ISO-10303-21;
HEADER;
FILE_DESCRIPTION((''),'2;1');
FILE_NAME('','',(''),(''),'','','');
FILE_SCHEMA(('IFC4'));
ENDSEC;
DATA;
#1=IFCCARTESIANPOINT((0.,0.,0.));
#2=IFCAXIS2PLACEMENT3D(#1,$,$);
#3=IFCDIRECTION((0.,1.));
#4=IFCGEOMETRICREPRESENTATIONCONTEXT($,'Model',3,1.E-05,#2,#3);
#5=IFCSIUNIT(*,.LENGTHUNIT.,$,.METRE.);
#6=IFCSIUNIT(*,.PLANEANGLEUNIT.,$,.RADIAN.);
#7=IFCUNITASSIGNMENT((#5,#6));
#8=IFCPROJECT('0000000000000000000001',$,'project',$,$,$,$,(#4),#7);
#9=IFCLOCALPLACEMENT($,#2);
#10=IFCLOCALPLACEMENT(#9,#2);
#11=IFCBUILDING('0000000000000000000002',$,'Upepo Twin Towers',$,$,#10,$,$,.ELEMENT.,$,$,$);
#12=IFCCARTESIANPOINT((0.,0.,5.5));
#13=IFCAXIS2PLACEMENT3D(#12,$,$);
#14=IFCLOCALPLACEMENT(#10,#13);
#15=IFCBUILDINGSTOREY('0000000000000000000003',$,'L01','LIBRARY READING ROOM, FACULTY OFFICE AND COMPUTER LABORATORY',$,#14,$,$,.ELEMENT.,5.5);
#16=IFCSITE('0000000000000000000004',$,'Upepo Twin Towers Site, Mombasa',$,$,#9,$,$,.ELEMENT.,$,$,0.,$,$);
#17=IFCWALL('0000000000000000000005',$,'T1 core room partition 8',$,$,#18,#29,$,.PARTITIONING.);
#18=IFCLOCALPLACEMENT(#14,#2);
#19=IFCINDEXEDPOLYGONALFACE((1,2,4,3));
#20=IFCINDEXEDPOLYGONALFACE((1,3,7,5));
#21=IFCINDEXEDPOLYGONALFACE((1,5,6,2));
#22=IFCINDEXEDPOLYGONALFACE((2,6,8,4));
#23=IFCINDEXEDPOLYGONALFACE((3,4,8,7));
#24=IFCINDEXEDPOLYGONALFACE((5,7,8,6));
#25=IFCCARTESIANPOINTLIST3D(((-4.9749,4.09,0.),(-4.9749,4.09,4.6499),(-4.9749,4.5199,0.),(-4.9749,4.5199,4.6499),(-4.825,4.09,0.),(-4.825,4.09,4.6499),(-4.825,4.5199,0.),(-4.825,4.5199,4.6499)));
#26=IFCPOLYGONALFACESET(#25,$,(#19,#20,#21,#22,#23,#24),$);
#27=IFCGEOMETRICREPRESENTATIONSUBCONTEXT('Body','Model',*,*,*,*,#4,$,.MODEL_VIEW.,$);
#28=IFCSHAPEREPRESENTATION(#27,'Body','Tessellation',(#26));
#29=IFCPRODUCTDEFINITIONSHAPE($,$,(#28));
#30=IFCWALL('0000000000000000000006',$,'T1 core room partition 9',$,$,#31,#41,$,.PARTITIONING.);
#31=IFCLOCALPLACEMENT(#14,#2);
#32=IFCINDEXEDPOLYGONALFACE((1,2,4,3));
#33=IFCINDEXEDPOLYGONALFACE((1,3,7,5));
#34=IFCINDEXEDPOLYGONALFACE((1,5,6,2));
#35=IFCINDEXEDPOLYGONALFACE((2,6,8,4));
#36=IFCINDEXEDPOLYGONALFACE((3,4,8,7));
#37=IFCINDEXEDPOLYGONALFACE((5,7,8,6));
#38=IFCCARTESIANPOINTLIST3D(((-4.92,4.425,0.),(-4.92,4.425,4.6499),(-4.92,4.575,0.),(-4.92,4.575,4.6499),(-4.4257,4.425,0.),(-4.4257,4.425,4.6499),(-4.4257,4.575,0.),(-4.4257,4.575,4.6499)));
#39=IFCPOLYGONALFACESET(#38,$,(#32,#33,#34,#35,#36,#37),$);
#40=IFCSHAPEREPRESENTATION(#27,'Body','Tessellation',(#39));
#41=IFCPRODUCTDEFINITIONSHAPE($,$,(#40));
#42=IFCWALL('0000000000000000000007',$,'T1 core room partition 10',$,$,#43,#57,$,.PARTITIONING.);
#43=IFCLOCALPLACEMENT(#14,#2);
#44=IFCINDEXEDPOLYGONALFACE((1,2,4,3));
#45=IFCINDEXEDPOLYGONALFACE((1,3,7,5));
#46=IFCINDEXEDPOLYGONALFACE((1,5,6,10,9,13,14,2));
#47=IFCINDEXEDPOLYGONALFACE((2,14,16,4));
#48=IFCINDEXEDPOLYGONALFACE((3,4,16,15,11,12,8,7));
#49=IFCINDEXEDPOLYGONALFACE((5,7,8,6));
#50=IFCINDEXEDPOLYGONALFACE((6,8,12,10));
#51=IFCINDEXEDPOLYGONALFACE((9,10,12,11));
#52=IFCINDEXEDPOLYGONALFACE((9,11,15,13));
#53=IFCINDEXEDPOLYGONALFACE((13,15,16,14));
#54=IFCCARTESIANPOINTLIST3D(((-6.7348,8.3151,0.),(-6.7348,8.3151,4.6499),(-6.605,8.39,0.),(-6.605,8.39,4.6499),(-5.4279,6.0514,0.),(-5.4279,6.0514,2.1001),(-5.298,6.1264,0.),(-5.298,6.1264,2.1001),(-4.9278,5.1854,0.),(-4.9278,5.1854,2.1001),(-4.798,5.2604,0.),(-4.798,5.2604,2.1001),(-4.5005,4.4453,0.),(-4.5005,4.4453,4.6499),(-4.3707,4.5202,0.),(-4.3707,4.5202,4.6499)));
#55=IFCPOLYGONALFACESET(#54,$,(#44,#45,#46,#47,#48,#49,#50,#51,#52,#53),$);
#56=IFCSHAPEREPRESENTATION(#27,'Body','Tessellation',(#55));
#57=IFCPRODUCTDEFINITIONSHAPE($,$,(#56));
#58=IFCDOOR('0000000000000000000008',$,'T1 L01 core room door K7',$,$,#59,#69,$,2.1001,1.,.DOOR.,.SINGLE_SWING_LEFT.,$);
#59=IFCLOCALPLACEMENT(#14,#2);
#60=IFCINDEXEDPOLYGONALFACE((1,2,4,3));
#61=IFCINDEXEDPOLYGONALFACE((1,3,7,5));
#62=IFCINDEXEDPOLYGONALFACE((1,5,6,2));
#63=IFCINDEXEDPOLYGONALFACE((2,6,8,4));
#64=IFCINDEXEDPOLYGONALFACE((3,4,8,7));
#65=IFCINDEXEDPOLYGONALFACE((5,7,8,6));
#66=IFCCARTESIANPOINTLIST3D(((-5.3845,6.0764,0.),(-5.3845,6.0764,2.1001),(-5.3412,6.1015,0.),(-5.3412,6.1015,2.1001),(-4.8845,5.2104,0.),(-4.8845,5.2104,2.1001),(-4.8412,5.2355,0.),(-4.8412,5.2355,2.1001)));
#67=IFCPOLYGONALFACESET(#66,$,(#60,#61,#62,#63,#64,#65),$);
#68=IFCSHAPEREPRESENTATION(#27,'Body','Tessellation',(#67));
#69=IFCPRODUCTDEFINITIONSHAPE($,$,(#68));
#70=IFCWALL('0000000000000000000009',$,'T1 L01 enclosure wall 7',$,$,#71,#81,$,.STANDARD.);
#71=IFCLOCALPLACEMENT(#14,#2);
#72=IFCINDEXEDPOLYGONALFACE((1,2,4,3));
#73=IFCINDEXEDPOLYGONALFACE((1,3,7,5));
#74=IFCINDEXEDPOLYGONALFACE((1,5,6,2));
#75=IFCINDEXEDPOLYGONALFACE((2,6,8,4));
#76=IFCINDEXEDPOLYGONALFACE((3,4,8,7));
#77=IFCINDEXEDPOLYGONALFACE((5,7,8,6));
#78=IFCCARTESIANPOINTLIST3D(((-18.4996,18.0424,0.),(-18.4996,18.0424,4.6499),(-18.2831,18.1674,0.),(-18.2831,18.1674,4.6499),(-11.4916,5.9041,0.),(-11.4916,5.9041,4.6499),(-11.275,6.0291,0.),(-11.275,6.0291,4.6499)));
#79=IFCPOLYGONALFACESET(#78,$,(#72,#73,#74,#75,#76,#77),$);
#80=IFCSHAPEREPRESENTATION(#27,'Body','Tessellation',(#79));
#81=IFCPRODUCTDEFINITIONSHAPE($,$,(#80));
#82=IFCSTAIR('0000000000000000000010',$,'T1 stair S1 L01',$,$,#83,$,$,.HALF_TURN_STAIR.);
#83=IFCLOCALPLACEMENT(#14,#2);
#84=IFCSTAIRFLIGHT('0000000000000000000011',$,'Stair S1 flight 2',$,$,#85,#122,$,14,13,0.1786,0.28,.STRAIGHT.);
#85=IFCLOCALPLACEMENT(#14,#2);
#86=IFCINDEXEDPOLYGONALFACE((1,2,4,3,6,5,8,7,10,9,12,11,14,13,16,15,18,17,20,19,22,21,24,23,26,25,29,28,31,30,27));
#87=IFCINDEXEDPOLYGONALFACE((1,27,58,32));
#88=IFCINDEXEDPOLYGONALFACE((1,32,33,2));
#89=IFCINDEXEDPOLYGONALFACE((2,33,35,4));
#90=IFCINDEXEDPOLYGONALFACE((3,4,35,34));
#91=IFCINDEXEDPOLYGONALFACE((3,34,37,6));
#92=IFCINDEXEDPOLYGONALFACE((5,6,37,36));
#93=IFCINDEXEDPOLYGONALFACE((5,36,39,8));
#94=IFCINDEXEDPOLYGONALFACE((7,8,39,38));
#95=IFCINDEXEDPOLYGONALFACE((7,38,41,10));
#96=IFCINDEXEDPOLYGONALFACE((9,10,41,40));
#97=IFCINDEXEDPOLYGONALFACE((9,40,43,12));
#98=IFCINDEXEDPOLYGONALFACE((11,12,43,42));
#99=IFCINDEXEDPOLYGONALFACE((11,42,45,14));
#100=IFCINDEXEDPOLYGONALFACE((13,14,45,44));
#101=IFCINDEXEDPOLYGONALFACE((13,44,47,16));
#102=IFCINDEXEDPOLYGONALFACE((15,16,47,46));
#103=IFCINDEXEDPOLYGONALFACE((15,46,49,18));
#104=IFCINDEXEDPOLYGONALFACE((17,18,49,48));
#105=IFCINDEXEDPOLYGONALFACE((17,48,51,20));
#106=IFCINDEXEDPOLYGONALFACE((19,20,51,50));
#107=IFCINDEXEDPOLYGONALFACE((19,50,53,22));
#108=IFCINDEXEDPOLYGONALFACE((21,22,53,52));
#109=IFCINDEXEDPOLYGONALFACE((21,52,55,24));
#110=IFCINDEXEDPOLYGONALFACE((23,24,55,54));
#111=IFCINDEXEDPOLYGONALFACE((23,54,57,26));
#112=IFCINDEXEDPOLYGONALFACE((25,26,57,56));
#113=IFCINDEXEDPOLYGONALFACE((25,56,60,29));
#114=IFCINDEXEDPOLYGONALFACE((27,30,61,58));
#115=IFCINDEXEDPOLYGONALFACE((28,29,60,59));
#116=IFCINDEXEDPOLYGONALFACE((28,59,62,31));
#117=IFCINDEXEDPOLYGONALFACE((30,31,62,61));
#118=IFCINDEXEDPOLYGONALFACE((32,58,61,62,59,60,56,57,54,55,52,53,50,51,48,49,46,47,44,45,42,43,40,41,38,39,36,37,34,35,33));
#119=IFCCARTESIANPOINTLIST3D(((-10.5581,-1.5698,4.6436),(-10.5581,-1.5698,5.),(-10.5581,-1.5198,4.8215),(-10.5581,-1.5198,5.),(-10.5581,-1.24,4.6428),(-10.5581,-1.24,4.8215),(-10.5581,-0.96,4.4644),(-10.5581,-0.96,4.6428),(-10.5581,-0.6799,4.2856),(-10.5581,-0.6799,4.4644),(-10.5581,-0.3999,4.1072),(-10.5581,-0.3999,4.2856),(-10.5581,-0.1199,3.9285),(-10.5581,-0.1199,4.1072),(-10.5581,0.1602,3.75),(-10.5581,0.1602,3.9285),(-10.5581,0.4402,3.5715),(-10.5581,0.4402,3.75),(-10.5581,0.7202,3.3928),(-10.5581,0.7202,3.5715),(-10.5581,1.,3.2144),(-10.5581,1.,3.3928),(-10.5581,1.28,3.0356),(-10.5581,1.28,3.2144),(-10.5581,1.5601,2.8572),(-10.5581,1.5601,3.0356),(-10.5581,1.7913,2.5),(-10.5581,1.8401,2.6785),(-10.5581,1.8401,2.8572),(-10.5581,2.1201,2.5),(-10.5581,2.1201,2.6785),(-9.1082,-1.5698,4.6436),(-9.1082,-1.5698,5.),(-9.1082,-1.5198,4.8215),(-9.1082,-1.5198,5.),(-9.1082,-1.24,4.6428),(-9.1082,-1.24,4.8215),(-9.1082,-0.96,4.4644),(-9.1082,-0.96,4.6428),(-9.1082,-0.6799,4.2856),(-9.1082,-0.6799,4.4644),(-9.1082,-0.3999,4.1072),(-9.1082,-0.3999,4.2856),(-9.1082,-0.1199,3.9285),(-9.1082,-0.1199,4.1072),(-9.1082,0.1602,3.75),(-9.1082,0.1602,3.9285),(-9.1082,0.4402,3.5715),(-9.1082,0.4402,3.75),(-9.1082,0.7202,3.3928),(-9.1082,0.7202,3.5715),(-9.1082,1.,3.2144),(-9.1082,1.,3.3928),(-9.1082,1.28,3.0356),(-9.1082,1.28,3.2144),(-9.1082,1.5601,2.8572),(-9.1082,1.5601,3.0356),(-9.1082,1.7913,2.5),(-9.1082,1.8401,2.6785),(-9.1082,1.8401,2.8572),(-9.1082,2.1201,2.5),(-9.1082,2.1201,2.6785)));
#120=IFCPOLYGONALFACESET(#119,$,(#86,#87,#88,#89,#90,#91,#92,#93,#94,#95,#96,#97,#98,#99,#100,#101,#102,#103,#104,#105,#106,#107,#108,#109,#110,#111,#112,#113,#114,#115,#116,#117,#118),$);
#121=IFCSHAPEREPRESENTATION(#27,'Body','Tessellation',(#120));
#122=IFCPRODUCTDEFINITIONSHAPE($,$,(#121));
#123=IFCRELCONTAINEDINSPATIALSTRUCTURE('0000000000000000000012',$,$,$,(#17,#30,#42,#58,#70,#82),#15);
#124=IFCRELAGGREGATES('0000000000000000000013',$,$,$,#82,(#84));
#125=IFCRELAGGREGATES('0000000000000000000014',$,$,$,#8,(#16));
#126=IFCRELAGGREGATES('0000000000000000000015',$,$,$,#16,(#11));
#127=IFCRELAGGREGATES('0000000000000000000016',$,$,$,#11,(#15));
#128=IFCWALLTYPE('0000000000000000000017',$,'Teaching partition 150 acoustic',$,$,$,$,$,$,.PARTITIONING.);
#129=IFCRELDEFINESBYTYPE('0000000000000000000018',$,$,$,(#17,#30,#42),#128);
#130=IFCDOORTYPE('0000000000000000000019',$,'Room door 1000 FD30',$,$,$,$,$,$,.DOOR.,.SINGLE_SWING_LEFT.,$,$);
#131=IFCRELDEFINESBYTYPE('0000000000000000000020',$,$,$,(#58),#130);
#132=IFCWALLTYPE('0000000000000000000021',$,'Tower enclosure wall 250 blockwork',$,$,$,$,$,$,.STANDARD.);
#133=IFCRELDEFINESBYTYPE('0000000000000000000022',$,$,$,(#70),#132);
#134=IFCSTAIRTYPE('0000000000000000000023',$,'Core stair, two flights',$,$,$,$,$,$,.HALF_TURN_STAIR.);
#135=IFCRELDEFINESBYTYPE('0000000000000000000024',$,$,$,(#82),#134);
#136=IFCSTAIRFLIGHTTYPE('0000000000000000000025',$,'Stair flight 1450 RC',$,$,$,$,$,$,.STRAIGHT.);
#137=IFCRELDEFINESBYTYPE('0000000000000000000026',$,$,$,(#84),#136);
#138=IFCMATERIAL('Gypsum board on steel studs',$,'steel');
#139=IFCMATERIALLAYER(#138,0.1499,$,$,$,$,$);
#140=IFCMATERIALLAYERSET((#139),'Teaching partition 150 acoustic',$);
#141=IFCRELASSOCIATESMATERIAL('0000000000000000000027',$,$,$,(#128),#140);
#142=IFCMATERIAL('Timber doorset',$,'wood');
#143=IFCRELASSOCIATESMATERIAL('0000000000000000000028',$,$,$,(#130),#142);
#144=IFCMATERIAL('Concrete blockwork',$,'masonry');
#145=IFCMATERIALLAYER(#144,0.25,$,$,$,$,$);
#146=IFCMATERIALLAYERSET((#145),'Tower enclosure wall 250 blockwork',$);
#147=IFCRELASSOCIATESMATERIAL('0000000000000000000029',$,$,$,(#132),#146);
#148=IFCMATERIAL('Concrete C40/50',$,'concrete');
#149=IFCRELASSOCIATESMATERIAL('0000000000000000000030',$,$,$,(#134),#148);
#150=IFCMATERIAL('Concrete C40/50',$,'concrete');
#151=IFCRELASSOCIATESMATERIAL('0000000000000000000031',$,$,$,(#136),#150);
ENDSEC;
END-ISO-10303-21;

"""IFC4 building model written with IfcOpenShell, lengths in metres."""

from ifc_helpers import new_model, si_unit, direction, frame, frame_2d, origin, place, context, subcontext, project, spatial, polyline, rectangle, outline, extrude, material, layer, layer_set, type_object, element, fill, aggregate, save


model = new_model("IFC4")

# Units and contexts
model_context = context("Model", 3, precision=1e-05, world=origin(), true_north=direction((0.0, 1.0)))
body_context = subcontext(model_context, "Body", "Model", "MODEL_VIEW")
ifc_project = project(units=[si_unit("LENGTHUNIT", "METRE"), si_unit("PLANEANGLEUNIT", "RADIAN")], contexts=[model_context])

# Site, building, storey
site_placement = place(None, origin())
site = spatial("IfcSite", under=ifc_project, at=site_placement, Name="Upepo Twin Towers Site, Mombasa", CompositionType="ELEMENT", RefElevation=0.0)
building_placement = place(site_placement, origin())
building = spatial("IfcBuilding", under=site, at=building_placement, Name="Upepo Twin Towers", CompositionType="ELEMENT")
storey_placement = place(building_placement, frame((0.0, 0.0, 5.5)))
storey = spatial("IfcBuildingStorey", under=building, at=storey_placement, Name="L01", Description="LIBRARY READING ROOM, FACULTY OFFICE AND COMPUTER LABORATORY", CompositionType="ELEMENT", Elevation=5.5)

# Walls
ifc_material_1 = material(Name="Gypsum board on steel studs", Category="steel")
ifc_layer_1 = layer(ifc_material_1, 0.1499)
ifc_layer_set_1 = layer_set([ifc_layer_1], Name="Teaching partition 150 acoustic")
wall_type_1 = type_object("IfcWallType", Name="Teaching partition 150 acoustic", PredefinedType="PARTITIONING", material=ifc_layer_set_1)
wall_1_placement = place(storey_placement, frame((-4.8999, 4.0901, 0.0), z_axis=(0.0, 0.0, 1.0), x_axis=(0.0, 1.0, 0.0)))
element("IfcWall", 1, at=wall_1_placement, inside=storey, type_object=wall_type_1, Name="T1 core room partition 8", PredefinedType="PARTITIONING", context=body_context, shape_type="SweptSolid", body=[
    extrude(rectangle(XDim=0.4299, YDim=0.1499, at=frame_2d((0.2148, 0.0))), origin(), (0.0, 0.0, 1.0), 4.6499),
])
wall_2_placement = place(storey_placement, frame((-4.9199, 4.5, 0.0), z_axis=(0.0, 0.0, 1.0), x_axis=(1.0, 0.0, 0.0)))
element("IfcWall", 2, at=wall_2_placement, inside=storey, type_object=wall_type_1, Name="T1 core room partition 9", PredefinedType="PARTITIONING", context=body_context, shape_type="SweptSolid", body=[
    extrude(rectangle(XDim=0.4944, YDim=0.1499, at=frame_2d((0.2471, 0.0))), origin(), (0.0, 0.0, 1.0), 4.6499),
])

# Wall, opening, door
wall_3_placement = place(storey_placement, frame((-4.4355, 4.4827, 0.0), z_axis=(0.0, 0.0, 1.0), x_axis=(-0.500017, 0.866015, 0.0)))
wall_3 = element("IfcWall", 3, at=wall_3_placement, inside=storey, type_object=wall_type_1, Name="T1 core room partition 10", PredefinedType="PARTITIONING", context=body_context, shape_type="SweptSolid", body=[
    extrude(rectangle(XDim=4.4685, YDim=0.1499, at=frame_2d((2.2344, 0.0))), origin(), (0.0, 0.0, 1.0), 4.6499),
])
opening_1_placement = place(wall_3_placement, frame((0.8547, 0.0, 0.0)))
opening_1 = element("IfcOpeningElement", 4, at=opening_1_placement, cuts=wall_3, PredefinedType="OPENING", context=body_context, shape_type="SweptSolid", body=[
    extrude(rectangle(XDim=1.0, YDim=2.1001, at=frame_2d((0.5, 1.05))), frame((0.0, 0.085, 0.0), z_axis=(0.0, -1.0, 0.0), x_axis=(1.0, 0.0, 0.0)), (0.0, 0.0, 1.0), 0.1699),
])
ifc_material_2 = material(Name="Timber doorset", Category="wood")
door_type_1 = type_object("IfcDoorType", Name="Room door 1000 FD30", OperationType="SINGLE_SWING_LEFT", PredefinedType="DOOR", material=ifc_material_2)
door_1_placement = place(opening_1_placement, origin())
door_1 = element("IfcDoor", 5, at=door_1_placement, inside=storey, type_object=door_type_1, Name="T1 L01 core room door K7", OperationType="SINGLE_SWING_LEFT", OverallHeight=2.1001, OverallWidth=1.0, PredefinedType="DOOR", context=body_context, shape_type="SweptSolid", body=[
    extrude(rectangle(XDim=1.0, YDim=2.1001, at=frame_2d((0.5, 1.05))), frame((0.0, 0.0249, 0.0), z_axis=(0.0, -1.0, 0.0), x_axis=(1.0, 0.0, 0.0)), (0.0, 0.0, 1.0), 0.05),
])
fill(opening_1, door_1)

# Wall
ifc_material_3 = material(Name="Concrete blockwork", Category="masonry")
ifc_layer_2 = layer(ifc_material_3, 0.25)
ifc_layer_set_2 = layer_set([ifc_layer_2], Name="Tower enclosure wall 250 blockwork")
wall_type_2 = type_object("IfcWallType", Name="Tower enclosure wall 250 blockwork", PredefinedType="STANDARD", material=ifc_layer_set_2)
wall_4_placement = place(storey_placement, frame((-11.3833, 5.9666, 0.0), z_axis=(0.0, 0.0, 1.0), x_axis=(-0.499996, 0.866028, 0.0)))
element("IfcWall", 6, at=wall_4_placement, inside=storey, type_object=wall_type_2, Name="T1 L01 enclosure wall 7", PredefinedType="STANDARD", context=body_context, shape_type="SweptSolid", body=[
    extrude(rectangle(XDim=14.0161, YDim=0.25, at=frame_2d((7.0081, 0.0))), origin(), (0.0, 0.0, 1.0), 4.6499),
])

# Stair, stair flight
ifc_material_4 = material(Name="Concrete C40/50", Category="concrete")
stair_type = type_object("IfcStairType", Name="Core stair, two flights", PredefinedType="HALF_TURN_STAIR", material=ifc_material_4)
stair_placement = place(storey_placement, origin())
stair = element("IfcStair", 7, at=stair_placement, inside=storey, type_object=stair_type, Name="T1 stair S1 L01", PredefinedType="HALF_TURN_STAIR")
ifc_material_5 = material(Name="Concrete C40/50", Category="concrete")
stair_flight_type = type_object("IfcStairFlightType", Name="Stair flight 1450 RC", PredefinedType="STRAIGHT", material=ifc_material_5)
stair_flight_placement = place(storey_placement, frame((-9.8333, 2.1201, 2.5), z_axis=(0.0, 0.0, 1.0), x_axis=(0.0, -1.0, 0.0)))
stair_flight = element("IfcStairFlight", 8, at=stair_flight_placement, type_object=stair_flight_type, Name="Stair S1 flight 2", NumberOfRisers=14, NumberOfTreads=13, PredefinedType="STRAIGHT", RiserHeight=0.1786, TreadLength=0.28, context=body_context, shape_type="SweptSolid", body=[
    extrude(outline(polyline([(0.0, 0.0), (0.0, 0.1785), (0.28, 0.1785), (0.28, 0.3572), (0.5601, 0.3572), (0.5601, 0.5356), (0.8401, 0.5356), (0.8401, 0.7144), (1.1201, 0.7144), (1.1201, 0.8928), (1.3999, 0.8928), (1.3999, 1.0715), (1.6799, 1.0715), (1.6799, 1.25), (1.96, 1.25), (1.96, 1.4285), (2.24, 1.4285), (2.24, 1.6072), (2.52, 1.6072), (2.52, 1.7856), (2.8, 1.7856), (2.8, 1.9644), (3.0801, 1.9644), (3.0801, 2.1428), (3.3601, 2.1428), (3.3601, 2.3215), (3.6399, 2.3215), (3.6399, 2.5), (3.6899, 2.5), (3.6899, 2.1436), (0.3289, 0.0), (0.0, 0.0)])), frame((0.0, 0.7251, 0.0), z_axis=(0.0, -1.0, 0.0), x_axis=(1.0, 0.0, 0.0)), (0.0, 0.0, 1.0), 1.45),
])
aggregate(stair, [stair_flight])

save(model, "model.ifc")
